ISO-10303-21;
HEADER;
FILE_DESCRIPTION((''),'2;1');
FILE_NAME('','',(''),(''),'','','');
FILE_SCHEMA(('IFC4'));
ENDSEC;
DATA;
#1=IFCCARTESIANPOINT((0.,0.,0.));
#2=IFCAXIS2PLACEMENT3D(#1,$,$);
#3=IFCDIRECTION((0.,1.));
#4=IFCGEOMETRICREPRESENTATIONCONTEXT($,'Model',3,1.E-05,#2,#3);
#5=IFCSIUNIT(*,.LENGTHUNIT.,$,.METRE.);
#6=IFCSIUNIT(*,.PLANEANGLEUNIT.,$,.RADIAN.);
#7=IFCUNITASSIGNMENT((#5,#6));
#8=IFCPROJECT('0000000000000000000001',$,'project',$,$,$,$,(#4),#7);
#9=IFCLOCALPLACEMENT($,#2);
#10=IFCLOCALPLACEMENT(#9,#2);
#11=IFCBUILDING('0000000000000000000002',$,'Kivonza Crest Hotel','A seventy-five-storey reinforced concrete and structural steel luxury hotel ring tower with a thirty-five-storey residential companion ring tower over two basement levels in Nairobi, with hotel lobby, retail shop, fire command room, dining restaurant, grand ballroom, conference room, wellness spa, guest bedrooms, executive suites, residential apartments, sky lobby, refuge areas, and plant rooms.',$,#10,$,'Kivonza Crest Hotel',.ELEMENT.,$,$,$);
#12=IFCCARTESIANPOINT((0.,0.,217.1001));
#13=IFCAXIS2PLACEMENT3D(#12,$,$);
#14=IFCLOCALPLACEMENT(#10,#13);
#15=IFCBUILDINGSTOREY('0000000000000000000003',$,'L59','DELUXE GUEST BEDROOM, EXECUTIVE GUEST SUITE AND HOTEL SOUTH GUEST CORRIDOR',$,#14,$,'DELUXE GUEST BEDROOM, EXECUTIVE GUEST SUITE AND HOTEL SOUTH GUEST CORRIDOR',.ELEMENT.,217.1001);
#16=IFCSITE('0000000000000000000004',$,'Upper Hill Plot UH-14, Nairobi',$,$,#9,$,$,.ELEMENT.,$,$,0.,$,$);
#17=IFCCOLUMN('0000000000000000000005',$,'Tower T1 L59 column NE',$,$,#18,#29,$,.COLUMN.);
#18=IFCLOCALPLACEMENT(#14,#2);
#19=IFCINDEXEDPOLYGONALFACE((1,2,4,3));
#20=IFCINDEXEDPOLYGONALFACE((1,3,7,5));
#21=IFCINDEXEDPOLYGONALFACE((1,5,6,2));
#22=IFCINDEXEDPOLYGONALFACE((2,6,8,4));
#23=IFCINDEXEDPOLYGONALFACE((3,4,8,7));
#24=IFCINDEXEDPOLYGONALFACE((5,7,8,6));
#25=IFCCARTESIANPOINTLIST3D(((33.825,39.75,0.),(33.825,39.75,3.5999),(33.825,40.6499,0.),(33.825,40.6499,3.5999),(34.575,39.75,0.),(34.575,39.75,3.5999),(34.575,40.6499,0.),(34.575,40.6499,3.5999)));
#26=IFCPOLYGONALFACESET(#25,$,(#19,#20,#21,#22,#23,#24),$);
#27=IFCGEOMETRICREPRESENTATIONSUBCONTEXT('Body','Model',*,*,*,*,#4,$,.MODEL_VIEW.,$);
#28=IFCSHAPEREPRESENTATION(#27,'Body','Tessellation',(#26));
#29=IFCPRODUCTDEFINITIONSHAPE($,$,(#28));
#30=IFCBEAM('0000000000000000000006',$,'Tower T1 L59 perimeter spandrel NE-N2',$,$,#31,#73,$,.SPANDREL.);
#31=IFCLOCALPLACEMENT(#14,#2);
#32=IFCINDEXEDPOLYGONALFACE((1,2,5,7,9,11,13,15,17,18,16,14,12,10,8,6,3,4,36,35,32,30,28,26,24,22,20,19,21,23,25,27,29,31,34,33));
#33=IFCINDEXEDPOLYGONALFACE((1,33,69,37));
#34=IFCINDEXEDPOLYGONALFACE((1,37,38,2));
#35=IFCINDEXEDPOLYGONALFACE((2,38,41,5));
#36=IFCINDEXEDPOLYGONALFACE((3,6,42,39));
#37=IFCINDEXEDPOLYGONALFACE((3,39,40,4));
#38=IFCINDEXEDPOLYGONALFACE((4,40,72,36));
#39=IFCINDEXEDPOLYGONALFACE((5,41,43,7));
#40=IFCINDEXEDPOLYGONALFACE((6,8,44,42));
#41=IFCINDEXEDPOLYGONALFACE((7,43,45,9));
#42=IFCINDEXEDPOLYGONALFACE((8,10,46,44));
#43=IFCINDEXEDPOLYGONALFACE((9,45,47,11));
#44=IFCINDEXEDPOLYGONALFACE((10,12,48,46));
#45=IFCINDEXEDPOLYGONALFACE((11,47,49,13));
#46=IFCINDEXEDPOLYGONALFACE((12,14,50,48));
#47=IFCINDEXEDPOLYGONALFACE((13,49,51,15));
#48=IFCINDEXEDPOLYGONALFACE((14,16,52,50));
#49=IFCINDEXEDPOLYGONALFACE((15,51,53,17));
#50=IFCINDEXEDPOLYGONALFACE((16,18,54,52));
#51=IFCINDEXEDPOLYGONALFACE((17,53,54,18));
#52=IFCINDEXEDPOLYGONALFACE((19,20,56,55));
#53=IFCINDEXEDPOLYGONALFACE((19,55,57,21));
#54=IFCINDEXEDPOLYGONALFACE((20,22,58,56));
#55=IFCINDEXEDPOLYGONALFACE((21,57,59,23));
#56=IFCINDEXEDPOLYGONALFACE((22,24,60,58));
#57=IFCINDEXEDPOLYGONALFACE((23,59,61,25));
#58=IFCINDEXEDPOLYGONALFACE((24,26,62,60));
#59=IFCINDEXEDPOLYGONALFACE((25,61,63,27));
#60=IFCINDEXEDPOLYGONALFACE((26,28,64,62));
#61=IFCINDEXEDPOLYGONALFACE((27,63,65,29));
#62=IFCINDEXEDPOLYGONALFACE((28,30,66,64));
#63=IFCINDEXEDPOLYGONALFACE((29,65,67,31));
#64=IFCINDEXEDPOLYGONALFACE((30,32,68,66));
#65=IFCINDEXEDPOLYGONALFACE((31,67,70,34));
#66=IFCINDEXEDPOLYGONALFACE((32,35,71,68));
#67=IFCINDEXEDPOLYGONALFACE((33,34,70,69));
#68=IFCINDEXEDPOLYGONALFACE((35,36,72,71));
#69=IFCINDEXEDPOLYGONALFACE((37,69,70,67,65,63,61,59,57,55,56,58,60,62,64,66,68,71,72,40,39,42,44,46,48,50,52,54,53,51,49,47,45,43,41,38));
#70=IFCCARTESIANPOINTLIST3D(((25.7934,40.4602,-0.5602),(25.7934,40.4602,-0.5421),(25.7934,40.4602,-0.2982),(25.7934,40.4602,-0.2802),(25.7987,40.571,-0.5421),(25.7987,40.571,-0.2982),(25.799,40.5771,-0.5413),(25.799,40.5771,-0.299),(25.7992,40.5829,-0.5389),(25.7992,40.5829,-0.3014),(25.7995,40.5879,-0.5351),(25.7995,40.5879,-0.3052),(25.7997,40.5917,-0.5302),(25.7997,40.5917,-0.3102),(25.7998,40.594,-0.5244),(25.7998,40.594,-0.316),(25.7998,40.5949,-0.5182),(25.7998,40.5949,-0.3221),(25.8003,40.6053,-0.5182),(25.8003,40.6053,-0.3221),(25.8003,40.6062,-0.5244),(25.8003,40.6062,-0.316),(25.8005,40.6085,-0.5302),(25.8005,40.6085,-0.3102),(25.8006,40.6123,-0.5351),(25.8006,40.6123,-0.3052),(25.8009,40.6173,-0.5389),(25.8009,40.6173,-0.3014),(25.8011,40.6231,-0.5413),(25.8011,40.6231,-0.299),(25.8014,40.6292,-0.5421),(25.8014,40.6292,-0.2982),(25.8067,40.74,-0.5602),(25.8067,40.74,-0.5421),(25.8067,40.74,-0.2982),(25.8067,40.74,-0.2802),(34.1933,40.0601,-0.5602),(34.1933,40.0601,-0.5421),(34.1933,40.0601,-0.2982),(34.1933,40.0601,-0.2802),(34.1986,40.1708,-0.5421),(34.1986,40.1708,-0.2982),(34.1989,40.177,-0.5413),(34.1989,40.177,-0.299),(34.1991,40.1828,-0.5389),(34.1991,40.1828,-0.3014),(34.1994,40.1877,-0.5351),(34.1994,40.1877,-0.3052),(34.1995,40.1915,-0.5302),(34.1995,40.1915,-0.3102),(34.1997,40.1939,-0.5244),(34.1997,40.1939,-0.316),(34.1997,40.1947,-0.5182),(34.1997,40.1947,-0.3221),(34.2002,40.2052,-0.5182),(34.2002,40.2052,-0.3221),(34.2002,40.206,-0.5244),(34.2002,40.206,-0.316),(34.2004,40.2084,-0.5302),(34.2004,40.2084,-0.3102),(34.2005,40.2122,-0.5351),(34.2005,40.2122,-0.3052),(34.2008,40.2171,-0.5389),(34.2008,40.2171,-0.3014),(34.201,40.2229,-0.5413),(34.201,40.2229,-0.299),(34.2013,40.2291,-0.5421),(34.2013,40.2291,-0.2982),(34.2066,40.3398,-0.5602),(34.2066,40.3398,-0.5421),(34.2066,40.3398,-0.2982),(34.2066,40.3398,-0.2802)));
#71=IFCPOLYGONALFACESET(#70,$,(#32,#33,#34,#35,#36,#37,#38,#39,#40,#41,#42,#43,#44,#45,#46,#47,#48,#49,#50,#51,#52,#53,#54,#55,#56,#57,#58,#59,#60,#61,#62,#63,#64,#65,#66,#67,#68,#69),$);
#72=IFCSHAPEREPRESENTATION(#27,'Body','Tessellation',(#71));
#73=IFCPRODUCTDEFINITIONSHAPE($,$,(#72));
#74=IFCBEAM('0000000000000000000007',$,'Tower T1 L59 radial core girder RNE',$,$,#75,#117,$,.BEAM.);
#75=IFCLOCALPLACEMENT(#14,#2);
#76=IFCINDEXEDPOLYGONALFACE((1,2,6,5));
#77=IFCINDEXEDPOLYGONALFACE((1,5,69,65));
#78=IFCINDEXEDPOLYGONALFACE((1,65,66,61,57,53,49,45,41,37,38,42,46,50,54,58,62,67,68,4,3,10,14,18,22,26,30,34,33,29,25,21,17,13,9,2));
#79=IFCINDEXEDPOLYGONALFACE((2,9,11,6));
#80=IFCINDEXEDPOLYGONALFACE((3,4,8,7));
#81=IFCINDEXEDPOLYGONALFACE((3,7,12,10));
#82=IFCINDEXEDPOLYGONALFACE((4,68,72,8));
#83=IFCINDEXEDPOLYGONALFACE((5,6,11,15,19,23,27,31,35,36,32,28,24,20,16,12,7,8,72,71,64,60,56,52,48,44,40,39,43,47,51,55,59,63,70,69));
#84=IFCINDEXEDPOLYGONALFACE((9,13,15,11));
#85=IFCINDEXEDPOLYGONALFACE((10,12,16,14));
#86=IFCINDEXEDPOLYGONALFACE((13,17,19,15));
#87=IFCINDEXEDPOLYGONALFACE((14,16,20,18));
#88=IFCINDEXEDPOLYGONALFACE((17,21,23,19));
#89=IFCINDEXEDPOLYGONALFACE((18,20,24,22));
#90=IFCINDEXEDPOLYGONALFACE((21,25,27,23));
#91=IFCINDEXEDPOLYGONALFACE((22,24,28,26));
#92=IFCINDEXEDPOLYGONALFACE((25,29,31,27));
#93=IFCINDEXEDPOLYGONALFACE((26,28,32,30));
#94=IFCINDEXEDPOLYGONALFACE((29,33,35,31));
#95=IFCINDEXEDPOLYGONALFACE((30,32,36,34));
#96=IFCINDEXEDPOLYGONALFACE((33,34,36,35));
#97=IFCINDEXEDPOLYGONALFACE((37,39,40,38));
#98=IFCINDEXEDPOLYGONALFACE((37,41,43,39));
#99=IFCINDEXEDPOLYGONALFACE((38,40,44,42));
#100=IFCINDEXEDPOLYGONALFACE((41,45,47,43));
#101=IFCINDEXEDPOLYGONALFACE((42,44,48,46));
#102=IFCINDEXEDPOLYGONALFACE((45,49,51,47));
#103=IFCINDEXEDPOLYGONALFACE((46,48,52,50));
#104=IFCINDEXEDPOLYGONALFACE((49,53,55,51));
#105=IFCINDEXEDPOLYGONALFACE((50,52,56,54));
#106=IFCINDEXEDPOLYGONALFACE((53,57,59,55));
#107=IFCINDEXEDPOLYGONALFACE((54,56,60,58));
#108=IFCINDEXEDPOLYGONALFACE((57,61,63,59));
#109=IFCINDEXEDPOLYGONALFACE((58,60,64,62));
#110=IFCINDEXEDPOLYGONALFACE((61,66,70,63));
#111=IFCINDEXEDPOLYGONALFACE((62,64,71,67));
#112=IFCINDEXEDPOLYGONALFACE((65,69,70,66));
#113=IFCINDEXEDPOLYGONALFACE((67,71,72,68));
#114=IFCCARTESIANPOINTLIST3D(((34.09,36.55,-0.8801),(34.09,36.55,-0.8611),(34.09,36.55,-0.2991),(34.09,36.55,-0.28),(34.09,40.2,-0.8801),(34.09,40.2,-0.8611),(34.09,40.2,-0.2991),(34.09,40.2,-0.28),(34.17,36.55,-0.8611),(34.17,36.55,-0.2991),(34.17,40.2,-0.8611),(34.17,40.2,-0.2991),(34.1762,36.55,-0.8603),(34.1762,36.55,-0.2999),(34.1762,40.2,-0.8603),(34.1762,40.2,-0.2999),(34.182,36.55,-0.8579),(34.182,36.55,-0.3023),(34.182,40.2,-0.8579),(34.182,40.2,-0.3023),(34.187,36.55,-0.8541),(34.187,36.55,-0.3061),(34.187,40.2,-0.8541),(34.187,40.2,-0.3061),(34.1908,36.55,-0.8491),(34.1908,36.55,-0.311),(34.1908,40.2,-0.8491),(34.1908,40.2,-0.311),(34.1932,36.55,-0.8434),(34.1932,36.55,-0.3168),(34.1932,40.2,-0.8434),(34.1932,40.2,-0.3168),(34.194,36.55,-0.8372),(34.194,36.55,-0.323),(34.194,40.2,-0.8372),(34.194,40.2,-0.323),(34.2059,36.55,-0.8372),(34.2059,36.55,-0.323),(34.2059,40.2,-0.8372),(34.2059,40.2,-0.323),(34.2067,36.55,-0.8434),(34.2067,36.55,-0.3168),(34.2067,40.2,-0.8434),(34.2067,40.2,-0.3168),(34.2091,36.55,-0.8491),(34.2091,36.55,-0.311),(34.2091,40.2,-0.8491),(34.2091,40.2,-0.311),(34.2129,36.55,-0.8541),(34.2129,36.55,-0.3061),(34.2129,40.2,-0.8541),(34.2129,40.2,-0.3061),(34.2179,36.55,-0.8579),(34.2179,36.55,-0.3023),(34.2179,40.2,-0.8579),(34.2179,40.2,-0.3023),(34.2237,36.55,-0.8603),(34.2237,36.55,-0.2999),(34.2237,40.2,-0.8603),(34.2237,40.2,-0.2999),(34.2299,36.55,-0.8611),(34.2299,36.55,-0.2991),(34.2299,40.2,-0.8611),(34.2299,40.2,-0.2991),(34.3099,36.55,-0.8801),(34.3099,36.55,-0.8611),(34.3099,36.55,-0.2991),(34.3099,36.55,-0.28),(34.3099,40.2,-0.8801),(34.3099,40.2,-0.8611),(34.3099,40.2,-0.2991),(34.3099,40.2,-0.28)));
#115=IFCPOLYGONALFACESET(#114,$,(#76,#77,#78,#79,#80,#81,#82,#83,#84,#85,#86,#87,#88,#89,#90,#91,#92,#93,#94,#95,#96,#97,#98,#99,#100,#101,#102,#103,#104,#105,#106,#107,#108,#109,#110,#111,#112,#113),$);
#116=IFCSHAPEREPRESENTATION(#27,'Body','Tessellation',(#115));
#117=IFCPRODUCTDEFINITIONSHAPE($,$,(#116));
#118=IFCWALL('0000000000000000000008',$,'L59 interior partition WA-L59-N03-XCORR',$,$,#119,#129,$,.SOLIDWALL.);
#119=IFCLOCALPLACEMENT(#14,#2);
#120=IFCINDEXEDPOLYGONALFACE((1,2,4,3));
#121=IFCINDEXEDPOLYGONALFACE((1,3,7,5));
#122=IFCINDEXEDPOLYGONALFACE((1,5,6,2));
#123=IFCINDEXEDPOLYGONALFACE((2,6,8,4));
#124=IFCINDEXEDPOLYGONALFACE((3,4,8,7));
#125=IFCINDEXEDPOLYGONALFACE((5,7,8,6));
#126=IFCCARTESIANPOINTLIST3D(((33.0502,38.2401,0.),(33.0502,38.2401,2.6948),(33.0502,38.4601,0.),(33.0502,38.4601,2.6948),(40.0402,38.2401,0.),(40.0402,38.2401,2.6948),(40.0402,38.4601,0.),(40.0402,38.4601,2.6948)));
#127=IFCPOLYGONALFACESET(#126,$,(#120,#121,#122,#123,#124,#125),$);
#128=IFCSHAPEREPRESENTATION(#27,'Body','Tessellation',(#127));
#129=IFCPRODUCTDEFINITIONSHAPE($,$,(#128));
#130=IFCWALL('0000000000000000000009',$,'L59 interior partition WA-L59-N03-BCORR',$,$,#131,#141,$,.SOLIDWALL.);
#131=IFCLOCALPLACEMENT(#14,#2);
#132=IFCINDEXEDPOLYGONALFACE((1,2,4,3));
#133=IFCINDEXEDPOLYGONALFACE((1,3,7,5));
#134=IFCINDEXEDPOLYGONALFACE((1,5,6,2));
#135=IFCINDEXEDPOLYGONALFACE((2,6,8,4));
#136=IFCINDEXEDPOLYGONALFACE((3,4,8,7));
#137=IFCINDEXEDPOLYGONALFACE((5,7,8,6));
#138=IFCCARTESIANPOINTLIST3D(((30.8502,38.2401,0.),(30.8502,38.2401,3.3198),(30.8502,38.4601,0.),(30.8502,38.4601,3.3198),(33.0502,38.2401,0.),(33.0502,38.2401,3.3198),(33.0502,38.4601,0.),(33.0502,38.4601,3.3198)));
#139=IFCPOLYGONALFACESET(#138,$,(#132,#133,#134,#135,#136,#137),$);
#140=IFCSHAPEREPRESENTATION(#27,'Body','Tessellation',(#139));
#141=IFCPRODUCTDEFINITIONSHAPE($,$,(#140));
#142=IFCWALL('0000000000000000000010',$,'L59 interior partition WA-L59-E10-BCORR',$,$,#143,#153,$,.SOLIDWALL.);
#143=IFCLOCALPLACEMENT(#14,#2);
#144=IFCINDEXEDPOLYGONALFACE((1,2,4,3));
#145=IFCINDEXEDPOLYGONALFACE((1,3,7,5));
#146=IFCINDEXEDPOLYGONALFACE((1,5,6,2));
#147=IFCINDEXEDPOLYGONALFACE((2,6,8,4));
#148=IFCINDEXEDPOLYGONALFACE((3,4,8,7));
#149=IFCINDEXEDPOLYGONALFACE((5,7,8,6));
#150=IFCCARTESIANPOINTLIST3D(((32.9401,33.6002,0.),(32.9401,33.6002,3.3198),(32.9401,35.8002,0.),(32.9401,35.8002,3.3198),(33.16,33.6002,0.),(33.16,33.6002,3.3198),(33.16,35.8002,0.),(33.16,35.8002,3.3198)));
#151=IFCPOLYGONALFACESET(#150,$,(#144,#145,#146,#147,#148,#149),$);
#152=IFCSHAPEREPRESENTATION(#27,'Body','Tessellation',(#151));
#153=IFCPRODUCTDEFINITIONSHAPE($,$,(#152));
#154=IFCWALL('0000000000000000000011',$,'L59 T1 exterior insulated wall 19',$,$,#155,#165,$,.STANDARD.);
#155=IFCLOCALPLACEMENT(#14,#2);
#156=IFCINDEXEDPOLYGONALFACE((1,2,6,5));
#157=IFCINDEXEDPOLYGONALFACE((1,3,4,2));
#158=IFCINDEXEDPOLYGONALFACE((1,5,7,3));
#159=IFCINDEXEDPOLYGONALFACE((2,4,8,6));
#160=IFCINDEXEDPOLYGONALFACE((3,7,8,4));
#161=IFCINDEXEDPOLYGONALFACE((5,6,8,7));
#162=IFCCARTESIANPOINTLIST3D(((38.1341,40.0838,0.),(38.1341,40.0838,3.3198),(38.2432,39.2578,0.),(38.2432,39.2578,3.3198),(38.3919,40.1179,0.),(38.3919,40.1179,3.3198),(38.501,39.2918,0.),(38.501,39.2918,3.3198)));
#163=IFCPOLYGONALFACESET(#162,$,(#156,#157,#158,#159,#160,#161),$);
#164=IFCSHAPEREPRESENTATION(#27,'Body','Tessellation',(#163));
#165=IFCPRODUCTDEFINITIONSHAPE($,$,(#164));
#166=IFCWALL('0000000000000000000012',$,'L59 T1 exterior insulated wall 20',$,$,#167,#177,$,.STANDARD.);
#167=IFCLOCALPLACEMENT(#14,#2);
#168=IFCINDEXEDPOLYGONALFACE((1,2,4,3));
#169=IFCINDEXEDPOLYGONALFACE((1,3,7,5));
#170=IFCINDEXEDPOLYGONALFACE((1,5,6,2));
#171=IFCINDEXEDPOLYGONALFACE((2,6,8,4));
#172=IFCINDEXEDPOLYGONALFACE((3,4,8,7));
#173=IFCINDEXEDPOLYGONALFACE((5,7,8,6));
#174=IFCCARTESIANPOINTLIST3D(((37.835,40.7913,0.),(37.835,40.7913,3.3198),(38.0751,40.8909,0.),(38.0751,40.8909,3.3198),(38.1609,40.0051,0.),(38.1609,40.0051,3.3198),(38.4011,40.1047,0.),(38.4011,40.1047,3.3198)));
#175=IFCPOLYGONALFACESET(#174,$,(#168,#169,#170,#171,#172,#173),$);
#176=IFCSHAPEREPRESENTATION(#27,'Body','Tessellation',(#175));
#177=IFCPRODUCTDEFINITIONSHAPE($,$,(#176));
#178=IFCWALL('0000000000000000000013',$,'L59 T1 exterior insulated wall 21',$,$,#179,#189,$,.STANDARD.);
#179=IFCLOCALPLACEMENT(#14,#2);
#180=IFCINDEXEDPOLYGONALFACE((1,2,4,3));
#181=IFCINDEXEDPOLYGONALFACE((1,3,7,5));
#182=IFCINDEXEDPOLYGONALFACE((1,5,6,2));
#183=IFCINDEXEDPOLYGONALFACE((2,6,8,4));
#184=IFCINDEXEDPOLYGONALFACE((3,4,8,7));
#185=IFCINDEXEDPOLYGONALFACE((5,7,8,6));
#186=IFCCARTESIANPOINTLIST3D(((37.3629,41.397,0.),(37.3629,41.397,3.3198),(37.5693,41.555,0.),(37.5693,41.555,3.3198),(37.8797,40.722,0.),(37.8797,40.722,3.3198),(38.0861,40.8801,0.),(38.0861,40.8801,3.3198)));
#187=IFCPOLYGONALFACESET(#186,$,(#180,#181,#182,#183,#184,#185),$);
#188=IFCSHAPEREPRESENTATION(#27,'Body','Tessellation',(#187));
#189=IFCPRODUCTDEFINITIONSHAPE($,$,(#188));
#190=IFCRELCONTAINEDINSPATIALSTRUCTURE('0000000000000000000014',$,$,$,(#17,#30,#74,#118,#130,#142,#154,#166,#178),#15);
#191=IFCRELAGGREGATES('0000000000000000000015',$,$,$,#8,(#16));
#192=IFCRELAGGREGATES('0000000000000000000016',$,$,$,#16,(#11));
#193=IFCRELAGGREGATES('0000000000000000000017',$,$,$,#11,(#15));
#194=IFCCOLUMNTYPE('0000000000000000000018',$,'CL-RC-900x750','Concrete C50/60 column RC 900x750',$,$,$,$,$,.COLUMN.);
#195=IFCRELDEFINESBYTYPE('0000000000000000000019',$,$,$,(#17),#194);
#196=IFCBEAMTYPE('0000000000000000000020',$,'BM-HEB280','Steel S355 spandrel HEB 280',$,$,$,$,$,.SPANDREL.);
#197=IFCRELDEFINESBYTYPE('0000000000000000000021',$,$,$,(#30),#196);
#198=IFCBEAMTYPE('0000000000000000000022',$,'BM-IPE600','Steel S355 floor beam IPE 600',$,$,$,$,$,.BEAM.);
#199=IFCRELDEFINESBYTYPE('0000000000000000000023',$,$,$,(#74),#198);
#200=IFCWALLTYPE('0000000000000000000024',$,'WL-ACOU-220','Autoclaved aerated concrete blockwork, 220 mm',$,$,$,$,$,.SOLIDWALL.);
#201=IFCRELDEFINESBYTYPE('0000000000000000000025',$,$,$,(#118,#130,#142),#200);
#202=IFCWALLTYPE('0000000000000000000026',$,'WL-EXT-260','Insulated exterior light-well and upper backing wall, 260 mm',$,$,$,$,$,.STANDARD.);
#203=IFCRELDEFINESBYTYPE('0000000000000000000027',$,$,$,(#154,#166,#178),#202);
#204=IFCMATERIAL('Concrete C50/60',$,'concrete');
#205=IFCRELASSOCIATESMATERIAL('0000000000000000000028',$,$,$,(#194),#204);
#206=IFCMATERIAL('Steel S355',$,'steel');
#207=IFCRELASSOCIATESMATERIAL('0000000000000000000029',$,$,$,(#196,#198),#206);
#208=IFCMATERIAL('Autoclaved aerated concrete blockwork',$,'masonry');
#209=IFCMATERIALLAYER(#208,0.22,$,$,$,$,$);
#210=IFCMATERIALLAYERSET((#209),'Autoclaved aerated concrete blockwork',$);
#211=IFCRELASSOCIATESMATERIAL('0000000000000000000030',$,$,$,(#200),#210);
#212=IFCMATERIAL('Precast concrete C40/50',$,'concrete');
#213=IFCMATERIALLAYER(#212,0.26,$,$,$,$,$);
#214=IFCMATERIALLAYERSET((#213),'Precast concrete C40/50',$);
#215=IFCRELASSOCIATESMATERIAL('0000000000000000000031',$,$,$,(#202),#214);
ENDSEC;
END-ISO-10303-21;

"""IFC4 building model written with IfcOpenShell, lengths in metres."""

from ifc_helpers import new_model, si_unit, direction, frame, frame_2d, origin, origin_2d, place, context, subcontext, project, spatial, rectangle, i_section, extrude, material, layer, layer_set, material_profile, profile_set, type_object, element, save


model = new_model("IFC4")

# Units and contexts
model_context = context("Model", 3, precision=1e-05, world=origin(), true_north=direction((0.0, 1.0)))
body_context = subcontext(model_context, "Body", "Model", "MODEL_VIEW")
ifc_project = project(units=[si_unit("LENGTHUNIT", "METRE"), si_unit("PLANEANGLEUNIT", "RADIAN")], contexts=[model_context])

# Site, building, storey
site_placement = place(None, origin())
site = spatial("IfcSite", under=ifc_project, at=site_placement, Name="Upper Hill Plot UH-14, Nairobi", CompositionType="ELEMENT", RefElevation=0.0)
building_placement = place(site_placement, origin())
building = spatial("IfcBuilding", under=site, at=building_placement, Name="Kivonza Crest Hotel", Description="A seventy-five-storey reinforced concrete and structural steel luxury hotel ring tower with a thirty-five-storey residential companion ring tower over two basement levels in Nairobi, with hotel lobby, retail shop, fire command room, dining restaurant, grand ballroom, conference room, wellness spa, guest bedrooms, executive suites, residential apartments, sky lobby, refuge areas, and plant rooms.", LongName="Kivonza Crest Hotel", CompositionType="ELEMENT")
storey_placement = place(building_placement, frame((0.0, 0.0, 217.1001)))
storey = spatial("IfcBuildingStorey", under=building, at=storey_placement, Name="L59", Description="DELUXE GUEST BEDROOM, EXECUTIVE GUEST SUITE AND HOTEL SOUTH GUEST CORRIDOR", LongName="DELUXE GUEST BEDROOM, EXECUTIVE GUEST SUITE AND HOTEL SOUTH GUEST CORRIDOR", CompositionType="ELEMENT", Elevation=217.1001)

# Column
ifc_material_1 = material(Name="Concrete C50/60", Category="concrete")
ifc_material_profile_1 = material_profile(ifc_material_1, rectangle(XDim=0.75, YDim=0.8999, at=origin_2d()), Name="RC 900x750")
ifc_profile_set_1 = profile_set([ifc_material_profile_1], Name="Concrete C50/60")
column_type = type_object("IfcColumnType", Name="CL-RC-900x750", Description="Concrete C50/60 column RC 900x750", PredefinedType="COLUMN", material=ifc_profile_set_1)
column_placement = place(storey_placement, frame((34.2, 40.2, 0.0), z_axis=(0.0, 0.0, 1.0), x_axis=(1.0, 0.0, 0.0)))
element("IfcColumn", 1, at=column_placement, inside=storey, type_object=column_type, Name="Tower T1 L59 column NE", PredefinedType="COLUMN", context=body_context, shape_type="SweptSolid", body=[
    extrude(rectangle(XDim=0.75, YDim=0.8999, at=origin_2d()), origin(), (0.0, 0.0, 1.0), 3.5999),
])

# Beams
ifc_material_2 = material(Name="Steel S355", Category="steel")
ifc_material_profile_2 = material_profile(ifc_material_2, i_section(OverallWidth=0.28, OverallDepth=0.28, WebThickness=0.0105, FlangeThickness=0.0181, FilletRadius=0.0239, at=origin_2d()), Name="HEB 280")
ifc_profile_set_2 = profile_set([ifc_material_profile_2], Name="Steel S355")
beam_type_1 = type_object("IfcBeamType", Name="BM-HEB280", Description="Steel S355 spandrel HEB 280", PredefinedType="SPANDREL", material=ifc_profile_set_2)
beam_1_placement = place(storey_placement, frame((34.2, 40.2, -0.4202), z_axis=(-0.998867, 0.047583, 0.0), x_axis=(-0.047583, -0.998867, 0.0)))
element("IfcBeam", 2, at=beam_1_placement, inside=storey, type_object=beam_type_1, Name="Tower T1 L59 perimeter spandrel NE-N2", PredefinedType="SPANDREL", context=body_context, shape_type="SweptSolid", body=[
    extrude(i_section(OverallWidth=0.28, OverallDepth=0.28, WebThickness=0.0105, FlangeThickness=0.0181, FilletRadius=0.0239, at=origin_2d()), origin(), (0.0, 0.0, 1.0), 8.4094),
])
ifc_material_profile_3 = material_profile(ifc_material_2, i_section(OverallWidth=0.22, OverallDepth=0.6001, WebThickness=0.012, FlangeThickness=0.019, FilletRadius=0.0239, at=origin_2d()), Name="IPE 600")
ifc_profile_set_3 = profile_set([ifc_material_profile_3], Name="Steel S355")
beam_type_2 = type_object("IfcBeamType", Name="BM-IPE600", Description="Steel S355 floor beam IPE 600", PredefinedType="BEAM", material=ifc_profile_set_3)
beam_2_placement = place(storey_placement, frame((34.2, 40.2, -0.5801), z_axis=(0.0, -1.0, 0.0), x_axis=(1.0, 0.0, 0.0)))
element("IfcBeam", 3, at=beam_2_placement, inside=storey, type_object=beam_type_2, Name="Tower T1 L59 radial core girder RNE", PredefinedType="BEAM", context=body_context, shape_type="SweptSolid", body=[
    extrude(i_section(OverallWidth=0.22, OverallDepth=0.6001, WebThickness=0.012, FlangeThickness=0.019, FilletRadius=0.0239, at=origin_2d()), origin(), (0.0, 0.0, 1.0), 3.6499),
])

# Walls
ifc_material_3 = material(Name="Autoclaved aerated concrete blockwork", Category="masonry")
ifc_layer_1 = layer(ifc_material_3, 0.22)
ifc_layer_set_1 = layer_set([ifc_layer_1], Name="Autoclaved aerated concrete blockwork")
wall_type_1 = type_object("IfcWallType", Name="WL-ACOU-220", Description="Autoclaved aerated concrete blockwork, 220 mm", PredefinedType="SOLIDWALL", material=ifc_layer_set_1)
wall_1_placement = place(storey_placement, frame((33.05, 38.3501, 0.0), z_axis=(0.0, 0.0, 1.0), x_axis=(1.0, 0.0, 0.0)))
element("IfcWall", 4, at=wall_1_placement, inside=storey, type_object=wall_type_1, Name="L59 interior partition WA-L59-N03-XCORR", PredefinedType="SOLIDWALL", context=body_context, shape_type="SweptSolid", body=[
    extrude(rectangle(XDim=6.99, YDim=0.22, at=frame_2d((3.4951, 0.0))), origin(), (0.0, 0.0, 1.0), 2.6948),
])
for number, where, z_axis, x_axis, name in (
    (5, (30.8501, 38.3501, 0.0), (0.0, 0.0, 1.0), (1.0, 0.0, 0.0), "L59 interior partition WA-L59-N03-BCORR"),
    (6, (33.05, 33.6001, 0.0), (0.0, 0.0, 1.0), (0.0, 1.0, 0.0), "L59 interior partition WA-L59-E10-BCORR"),
):
    element("IfcWall", number, at=place(storey_placement, frame(where, z_axis=z_axis, x_axis=x_axis)), inside=storey, type_object=wall_type_1, Name=name, PredefinedType="SOLIDWALL", context=body_context, shape_type="SweptSolid", body=[
        extrude(rectangle(XDim=2.2, YDim=0.22, at=frame_2d((1.1001, 0.0))), origin(), (0.0, 0.0, 1.0), 3.3198),
    ])
ifc_material_4 = material(Name="Precast concrete C40/50", Category="concrete")
ifc_layer_2 = layer(ifc_material_4, 0.26)
ifc_layer_set_2 = layer_set([ifc_layer_2], Name="Precast concrete C40/50")
wall_type_2 = type_object("IfcWallType", Name="WL-EXT-260", Description="Insulated exterior light-well and upper backing wall, 260 mm", PredefinedType="STANDARD", material=ifc_layer_set_2)
wall_2_placement = place(storey_placement, frame((38.3721, 39.2749, 0.0), z_axis=(0.0, 0.0, 1.0), x_axis=(-0.130955, 0.991388, 0.0)))
element("IfcWall", 7, at=wall_2_placement, inside=storey, type_object=wall_type_2, Name="L59 T1 exterior insulated wall 19", PredefinedType="STANDARD", context=body_context, shape_type="SweptSolid", body=[
    extrude(rectangle(XDim=0.8333, YDim=0.26, at=frame_2d((0.4165, 0.0))), origin(), (0.0, 0.0, 1.0), 3.3198),
])
wall_3_placement = place(storey_placement, frame((38.281, 40.0549, 0.0), z_axis=(0.0, 0.0, 1.0), x_axis=(-0.382985, 0.923754, 0.0)))
element("IfcWall", 8, at=wall_3_placement, inside=storey, type_object=wall_type_2, Name="L59 T1 exterior insulated wall 20", PredefinedType="STANDARD", context=body_context, shape_type="SweptSolid", body=[
    extrude(rectangle(XDim=0.8511, YDim=0.26, at=frame_2d((0.4255, 0.0))), origin(), (0.0, 0.0, 1.0), 3.3198),
])
for number, where, z_axis, x_axis, name in (
    (9, (37.9829, 40.801, 0.0), (0.0, 0.0, 1.0), (-0.607919, 0.793999, 0.0), "L59 T1 exterior insulated wall 21"),
):
    element("IfcWall", number, at=place(storey_placement, frame(where, z_axis=z_axis, x_axis=x_axis)), inside=storey, type_object=wall_type_2, Name=name, PredefinedType="STANDARD", context=body_context, shape_type="SweptSolid", body=[
        extrude(rectangle(XDim=0.8501, YDim=0.26, at=frame_2d((0.425, 0.0))), origin(), (0.0, 0.0, 1.0), 3.3198),
    ])

save(model, "model.ifc")
